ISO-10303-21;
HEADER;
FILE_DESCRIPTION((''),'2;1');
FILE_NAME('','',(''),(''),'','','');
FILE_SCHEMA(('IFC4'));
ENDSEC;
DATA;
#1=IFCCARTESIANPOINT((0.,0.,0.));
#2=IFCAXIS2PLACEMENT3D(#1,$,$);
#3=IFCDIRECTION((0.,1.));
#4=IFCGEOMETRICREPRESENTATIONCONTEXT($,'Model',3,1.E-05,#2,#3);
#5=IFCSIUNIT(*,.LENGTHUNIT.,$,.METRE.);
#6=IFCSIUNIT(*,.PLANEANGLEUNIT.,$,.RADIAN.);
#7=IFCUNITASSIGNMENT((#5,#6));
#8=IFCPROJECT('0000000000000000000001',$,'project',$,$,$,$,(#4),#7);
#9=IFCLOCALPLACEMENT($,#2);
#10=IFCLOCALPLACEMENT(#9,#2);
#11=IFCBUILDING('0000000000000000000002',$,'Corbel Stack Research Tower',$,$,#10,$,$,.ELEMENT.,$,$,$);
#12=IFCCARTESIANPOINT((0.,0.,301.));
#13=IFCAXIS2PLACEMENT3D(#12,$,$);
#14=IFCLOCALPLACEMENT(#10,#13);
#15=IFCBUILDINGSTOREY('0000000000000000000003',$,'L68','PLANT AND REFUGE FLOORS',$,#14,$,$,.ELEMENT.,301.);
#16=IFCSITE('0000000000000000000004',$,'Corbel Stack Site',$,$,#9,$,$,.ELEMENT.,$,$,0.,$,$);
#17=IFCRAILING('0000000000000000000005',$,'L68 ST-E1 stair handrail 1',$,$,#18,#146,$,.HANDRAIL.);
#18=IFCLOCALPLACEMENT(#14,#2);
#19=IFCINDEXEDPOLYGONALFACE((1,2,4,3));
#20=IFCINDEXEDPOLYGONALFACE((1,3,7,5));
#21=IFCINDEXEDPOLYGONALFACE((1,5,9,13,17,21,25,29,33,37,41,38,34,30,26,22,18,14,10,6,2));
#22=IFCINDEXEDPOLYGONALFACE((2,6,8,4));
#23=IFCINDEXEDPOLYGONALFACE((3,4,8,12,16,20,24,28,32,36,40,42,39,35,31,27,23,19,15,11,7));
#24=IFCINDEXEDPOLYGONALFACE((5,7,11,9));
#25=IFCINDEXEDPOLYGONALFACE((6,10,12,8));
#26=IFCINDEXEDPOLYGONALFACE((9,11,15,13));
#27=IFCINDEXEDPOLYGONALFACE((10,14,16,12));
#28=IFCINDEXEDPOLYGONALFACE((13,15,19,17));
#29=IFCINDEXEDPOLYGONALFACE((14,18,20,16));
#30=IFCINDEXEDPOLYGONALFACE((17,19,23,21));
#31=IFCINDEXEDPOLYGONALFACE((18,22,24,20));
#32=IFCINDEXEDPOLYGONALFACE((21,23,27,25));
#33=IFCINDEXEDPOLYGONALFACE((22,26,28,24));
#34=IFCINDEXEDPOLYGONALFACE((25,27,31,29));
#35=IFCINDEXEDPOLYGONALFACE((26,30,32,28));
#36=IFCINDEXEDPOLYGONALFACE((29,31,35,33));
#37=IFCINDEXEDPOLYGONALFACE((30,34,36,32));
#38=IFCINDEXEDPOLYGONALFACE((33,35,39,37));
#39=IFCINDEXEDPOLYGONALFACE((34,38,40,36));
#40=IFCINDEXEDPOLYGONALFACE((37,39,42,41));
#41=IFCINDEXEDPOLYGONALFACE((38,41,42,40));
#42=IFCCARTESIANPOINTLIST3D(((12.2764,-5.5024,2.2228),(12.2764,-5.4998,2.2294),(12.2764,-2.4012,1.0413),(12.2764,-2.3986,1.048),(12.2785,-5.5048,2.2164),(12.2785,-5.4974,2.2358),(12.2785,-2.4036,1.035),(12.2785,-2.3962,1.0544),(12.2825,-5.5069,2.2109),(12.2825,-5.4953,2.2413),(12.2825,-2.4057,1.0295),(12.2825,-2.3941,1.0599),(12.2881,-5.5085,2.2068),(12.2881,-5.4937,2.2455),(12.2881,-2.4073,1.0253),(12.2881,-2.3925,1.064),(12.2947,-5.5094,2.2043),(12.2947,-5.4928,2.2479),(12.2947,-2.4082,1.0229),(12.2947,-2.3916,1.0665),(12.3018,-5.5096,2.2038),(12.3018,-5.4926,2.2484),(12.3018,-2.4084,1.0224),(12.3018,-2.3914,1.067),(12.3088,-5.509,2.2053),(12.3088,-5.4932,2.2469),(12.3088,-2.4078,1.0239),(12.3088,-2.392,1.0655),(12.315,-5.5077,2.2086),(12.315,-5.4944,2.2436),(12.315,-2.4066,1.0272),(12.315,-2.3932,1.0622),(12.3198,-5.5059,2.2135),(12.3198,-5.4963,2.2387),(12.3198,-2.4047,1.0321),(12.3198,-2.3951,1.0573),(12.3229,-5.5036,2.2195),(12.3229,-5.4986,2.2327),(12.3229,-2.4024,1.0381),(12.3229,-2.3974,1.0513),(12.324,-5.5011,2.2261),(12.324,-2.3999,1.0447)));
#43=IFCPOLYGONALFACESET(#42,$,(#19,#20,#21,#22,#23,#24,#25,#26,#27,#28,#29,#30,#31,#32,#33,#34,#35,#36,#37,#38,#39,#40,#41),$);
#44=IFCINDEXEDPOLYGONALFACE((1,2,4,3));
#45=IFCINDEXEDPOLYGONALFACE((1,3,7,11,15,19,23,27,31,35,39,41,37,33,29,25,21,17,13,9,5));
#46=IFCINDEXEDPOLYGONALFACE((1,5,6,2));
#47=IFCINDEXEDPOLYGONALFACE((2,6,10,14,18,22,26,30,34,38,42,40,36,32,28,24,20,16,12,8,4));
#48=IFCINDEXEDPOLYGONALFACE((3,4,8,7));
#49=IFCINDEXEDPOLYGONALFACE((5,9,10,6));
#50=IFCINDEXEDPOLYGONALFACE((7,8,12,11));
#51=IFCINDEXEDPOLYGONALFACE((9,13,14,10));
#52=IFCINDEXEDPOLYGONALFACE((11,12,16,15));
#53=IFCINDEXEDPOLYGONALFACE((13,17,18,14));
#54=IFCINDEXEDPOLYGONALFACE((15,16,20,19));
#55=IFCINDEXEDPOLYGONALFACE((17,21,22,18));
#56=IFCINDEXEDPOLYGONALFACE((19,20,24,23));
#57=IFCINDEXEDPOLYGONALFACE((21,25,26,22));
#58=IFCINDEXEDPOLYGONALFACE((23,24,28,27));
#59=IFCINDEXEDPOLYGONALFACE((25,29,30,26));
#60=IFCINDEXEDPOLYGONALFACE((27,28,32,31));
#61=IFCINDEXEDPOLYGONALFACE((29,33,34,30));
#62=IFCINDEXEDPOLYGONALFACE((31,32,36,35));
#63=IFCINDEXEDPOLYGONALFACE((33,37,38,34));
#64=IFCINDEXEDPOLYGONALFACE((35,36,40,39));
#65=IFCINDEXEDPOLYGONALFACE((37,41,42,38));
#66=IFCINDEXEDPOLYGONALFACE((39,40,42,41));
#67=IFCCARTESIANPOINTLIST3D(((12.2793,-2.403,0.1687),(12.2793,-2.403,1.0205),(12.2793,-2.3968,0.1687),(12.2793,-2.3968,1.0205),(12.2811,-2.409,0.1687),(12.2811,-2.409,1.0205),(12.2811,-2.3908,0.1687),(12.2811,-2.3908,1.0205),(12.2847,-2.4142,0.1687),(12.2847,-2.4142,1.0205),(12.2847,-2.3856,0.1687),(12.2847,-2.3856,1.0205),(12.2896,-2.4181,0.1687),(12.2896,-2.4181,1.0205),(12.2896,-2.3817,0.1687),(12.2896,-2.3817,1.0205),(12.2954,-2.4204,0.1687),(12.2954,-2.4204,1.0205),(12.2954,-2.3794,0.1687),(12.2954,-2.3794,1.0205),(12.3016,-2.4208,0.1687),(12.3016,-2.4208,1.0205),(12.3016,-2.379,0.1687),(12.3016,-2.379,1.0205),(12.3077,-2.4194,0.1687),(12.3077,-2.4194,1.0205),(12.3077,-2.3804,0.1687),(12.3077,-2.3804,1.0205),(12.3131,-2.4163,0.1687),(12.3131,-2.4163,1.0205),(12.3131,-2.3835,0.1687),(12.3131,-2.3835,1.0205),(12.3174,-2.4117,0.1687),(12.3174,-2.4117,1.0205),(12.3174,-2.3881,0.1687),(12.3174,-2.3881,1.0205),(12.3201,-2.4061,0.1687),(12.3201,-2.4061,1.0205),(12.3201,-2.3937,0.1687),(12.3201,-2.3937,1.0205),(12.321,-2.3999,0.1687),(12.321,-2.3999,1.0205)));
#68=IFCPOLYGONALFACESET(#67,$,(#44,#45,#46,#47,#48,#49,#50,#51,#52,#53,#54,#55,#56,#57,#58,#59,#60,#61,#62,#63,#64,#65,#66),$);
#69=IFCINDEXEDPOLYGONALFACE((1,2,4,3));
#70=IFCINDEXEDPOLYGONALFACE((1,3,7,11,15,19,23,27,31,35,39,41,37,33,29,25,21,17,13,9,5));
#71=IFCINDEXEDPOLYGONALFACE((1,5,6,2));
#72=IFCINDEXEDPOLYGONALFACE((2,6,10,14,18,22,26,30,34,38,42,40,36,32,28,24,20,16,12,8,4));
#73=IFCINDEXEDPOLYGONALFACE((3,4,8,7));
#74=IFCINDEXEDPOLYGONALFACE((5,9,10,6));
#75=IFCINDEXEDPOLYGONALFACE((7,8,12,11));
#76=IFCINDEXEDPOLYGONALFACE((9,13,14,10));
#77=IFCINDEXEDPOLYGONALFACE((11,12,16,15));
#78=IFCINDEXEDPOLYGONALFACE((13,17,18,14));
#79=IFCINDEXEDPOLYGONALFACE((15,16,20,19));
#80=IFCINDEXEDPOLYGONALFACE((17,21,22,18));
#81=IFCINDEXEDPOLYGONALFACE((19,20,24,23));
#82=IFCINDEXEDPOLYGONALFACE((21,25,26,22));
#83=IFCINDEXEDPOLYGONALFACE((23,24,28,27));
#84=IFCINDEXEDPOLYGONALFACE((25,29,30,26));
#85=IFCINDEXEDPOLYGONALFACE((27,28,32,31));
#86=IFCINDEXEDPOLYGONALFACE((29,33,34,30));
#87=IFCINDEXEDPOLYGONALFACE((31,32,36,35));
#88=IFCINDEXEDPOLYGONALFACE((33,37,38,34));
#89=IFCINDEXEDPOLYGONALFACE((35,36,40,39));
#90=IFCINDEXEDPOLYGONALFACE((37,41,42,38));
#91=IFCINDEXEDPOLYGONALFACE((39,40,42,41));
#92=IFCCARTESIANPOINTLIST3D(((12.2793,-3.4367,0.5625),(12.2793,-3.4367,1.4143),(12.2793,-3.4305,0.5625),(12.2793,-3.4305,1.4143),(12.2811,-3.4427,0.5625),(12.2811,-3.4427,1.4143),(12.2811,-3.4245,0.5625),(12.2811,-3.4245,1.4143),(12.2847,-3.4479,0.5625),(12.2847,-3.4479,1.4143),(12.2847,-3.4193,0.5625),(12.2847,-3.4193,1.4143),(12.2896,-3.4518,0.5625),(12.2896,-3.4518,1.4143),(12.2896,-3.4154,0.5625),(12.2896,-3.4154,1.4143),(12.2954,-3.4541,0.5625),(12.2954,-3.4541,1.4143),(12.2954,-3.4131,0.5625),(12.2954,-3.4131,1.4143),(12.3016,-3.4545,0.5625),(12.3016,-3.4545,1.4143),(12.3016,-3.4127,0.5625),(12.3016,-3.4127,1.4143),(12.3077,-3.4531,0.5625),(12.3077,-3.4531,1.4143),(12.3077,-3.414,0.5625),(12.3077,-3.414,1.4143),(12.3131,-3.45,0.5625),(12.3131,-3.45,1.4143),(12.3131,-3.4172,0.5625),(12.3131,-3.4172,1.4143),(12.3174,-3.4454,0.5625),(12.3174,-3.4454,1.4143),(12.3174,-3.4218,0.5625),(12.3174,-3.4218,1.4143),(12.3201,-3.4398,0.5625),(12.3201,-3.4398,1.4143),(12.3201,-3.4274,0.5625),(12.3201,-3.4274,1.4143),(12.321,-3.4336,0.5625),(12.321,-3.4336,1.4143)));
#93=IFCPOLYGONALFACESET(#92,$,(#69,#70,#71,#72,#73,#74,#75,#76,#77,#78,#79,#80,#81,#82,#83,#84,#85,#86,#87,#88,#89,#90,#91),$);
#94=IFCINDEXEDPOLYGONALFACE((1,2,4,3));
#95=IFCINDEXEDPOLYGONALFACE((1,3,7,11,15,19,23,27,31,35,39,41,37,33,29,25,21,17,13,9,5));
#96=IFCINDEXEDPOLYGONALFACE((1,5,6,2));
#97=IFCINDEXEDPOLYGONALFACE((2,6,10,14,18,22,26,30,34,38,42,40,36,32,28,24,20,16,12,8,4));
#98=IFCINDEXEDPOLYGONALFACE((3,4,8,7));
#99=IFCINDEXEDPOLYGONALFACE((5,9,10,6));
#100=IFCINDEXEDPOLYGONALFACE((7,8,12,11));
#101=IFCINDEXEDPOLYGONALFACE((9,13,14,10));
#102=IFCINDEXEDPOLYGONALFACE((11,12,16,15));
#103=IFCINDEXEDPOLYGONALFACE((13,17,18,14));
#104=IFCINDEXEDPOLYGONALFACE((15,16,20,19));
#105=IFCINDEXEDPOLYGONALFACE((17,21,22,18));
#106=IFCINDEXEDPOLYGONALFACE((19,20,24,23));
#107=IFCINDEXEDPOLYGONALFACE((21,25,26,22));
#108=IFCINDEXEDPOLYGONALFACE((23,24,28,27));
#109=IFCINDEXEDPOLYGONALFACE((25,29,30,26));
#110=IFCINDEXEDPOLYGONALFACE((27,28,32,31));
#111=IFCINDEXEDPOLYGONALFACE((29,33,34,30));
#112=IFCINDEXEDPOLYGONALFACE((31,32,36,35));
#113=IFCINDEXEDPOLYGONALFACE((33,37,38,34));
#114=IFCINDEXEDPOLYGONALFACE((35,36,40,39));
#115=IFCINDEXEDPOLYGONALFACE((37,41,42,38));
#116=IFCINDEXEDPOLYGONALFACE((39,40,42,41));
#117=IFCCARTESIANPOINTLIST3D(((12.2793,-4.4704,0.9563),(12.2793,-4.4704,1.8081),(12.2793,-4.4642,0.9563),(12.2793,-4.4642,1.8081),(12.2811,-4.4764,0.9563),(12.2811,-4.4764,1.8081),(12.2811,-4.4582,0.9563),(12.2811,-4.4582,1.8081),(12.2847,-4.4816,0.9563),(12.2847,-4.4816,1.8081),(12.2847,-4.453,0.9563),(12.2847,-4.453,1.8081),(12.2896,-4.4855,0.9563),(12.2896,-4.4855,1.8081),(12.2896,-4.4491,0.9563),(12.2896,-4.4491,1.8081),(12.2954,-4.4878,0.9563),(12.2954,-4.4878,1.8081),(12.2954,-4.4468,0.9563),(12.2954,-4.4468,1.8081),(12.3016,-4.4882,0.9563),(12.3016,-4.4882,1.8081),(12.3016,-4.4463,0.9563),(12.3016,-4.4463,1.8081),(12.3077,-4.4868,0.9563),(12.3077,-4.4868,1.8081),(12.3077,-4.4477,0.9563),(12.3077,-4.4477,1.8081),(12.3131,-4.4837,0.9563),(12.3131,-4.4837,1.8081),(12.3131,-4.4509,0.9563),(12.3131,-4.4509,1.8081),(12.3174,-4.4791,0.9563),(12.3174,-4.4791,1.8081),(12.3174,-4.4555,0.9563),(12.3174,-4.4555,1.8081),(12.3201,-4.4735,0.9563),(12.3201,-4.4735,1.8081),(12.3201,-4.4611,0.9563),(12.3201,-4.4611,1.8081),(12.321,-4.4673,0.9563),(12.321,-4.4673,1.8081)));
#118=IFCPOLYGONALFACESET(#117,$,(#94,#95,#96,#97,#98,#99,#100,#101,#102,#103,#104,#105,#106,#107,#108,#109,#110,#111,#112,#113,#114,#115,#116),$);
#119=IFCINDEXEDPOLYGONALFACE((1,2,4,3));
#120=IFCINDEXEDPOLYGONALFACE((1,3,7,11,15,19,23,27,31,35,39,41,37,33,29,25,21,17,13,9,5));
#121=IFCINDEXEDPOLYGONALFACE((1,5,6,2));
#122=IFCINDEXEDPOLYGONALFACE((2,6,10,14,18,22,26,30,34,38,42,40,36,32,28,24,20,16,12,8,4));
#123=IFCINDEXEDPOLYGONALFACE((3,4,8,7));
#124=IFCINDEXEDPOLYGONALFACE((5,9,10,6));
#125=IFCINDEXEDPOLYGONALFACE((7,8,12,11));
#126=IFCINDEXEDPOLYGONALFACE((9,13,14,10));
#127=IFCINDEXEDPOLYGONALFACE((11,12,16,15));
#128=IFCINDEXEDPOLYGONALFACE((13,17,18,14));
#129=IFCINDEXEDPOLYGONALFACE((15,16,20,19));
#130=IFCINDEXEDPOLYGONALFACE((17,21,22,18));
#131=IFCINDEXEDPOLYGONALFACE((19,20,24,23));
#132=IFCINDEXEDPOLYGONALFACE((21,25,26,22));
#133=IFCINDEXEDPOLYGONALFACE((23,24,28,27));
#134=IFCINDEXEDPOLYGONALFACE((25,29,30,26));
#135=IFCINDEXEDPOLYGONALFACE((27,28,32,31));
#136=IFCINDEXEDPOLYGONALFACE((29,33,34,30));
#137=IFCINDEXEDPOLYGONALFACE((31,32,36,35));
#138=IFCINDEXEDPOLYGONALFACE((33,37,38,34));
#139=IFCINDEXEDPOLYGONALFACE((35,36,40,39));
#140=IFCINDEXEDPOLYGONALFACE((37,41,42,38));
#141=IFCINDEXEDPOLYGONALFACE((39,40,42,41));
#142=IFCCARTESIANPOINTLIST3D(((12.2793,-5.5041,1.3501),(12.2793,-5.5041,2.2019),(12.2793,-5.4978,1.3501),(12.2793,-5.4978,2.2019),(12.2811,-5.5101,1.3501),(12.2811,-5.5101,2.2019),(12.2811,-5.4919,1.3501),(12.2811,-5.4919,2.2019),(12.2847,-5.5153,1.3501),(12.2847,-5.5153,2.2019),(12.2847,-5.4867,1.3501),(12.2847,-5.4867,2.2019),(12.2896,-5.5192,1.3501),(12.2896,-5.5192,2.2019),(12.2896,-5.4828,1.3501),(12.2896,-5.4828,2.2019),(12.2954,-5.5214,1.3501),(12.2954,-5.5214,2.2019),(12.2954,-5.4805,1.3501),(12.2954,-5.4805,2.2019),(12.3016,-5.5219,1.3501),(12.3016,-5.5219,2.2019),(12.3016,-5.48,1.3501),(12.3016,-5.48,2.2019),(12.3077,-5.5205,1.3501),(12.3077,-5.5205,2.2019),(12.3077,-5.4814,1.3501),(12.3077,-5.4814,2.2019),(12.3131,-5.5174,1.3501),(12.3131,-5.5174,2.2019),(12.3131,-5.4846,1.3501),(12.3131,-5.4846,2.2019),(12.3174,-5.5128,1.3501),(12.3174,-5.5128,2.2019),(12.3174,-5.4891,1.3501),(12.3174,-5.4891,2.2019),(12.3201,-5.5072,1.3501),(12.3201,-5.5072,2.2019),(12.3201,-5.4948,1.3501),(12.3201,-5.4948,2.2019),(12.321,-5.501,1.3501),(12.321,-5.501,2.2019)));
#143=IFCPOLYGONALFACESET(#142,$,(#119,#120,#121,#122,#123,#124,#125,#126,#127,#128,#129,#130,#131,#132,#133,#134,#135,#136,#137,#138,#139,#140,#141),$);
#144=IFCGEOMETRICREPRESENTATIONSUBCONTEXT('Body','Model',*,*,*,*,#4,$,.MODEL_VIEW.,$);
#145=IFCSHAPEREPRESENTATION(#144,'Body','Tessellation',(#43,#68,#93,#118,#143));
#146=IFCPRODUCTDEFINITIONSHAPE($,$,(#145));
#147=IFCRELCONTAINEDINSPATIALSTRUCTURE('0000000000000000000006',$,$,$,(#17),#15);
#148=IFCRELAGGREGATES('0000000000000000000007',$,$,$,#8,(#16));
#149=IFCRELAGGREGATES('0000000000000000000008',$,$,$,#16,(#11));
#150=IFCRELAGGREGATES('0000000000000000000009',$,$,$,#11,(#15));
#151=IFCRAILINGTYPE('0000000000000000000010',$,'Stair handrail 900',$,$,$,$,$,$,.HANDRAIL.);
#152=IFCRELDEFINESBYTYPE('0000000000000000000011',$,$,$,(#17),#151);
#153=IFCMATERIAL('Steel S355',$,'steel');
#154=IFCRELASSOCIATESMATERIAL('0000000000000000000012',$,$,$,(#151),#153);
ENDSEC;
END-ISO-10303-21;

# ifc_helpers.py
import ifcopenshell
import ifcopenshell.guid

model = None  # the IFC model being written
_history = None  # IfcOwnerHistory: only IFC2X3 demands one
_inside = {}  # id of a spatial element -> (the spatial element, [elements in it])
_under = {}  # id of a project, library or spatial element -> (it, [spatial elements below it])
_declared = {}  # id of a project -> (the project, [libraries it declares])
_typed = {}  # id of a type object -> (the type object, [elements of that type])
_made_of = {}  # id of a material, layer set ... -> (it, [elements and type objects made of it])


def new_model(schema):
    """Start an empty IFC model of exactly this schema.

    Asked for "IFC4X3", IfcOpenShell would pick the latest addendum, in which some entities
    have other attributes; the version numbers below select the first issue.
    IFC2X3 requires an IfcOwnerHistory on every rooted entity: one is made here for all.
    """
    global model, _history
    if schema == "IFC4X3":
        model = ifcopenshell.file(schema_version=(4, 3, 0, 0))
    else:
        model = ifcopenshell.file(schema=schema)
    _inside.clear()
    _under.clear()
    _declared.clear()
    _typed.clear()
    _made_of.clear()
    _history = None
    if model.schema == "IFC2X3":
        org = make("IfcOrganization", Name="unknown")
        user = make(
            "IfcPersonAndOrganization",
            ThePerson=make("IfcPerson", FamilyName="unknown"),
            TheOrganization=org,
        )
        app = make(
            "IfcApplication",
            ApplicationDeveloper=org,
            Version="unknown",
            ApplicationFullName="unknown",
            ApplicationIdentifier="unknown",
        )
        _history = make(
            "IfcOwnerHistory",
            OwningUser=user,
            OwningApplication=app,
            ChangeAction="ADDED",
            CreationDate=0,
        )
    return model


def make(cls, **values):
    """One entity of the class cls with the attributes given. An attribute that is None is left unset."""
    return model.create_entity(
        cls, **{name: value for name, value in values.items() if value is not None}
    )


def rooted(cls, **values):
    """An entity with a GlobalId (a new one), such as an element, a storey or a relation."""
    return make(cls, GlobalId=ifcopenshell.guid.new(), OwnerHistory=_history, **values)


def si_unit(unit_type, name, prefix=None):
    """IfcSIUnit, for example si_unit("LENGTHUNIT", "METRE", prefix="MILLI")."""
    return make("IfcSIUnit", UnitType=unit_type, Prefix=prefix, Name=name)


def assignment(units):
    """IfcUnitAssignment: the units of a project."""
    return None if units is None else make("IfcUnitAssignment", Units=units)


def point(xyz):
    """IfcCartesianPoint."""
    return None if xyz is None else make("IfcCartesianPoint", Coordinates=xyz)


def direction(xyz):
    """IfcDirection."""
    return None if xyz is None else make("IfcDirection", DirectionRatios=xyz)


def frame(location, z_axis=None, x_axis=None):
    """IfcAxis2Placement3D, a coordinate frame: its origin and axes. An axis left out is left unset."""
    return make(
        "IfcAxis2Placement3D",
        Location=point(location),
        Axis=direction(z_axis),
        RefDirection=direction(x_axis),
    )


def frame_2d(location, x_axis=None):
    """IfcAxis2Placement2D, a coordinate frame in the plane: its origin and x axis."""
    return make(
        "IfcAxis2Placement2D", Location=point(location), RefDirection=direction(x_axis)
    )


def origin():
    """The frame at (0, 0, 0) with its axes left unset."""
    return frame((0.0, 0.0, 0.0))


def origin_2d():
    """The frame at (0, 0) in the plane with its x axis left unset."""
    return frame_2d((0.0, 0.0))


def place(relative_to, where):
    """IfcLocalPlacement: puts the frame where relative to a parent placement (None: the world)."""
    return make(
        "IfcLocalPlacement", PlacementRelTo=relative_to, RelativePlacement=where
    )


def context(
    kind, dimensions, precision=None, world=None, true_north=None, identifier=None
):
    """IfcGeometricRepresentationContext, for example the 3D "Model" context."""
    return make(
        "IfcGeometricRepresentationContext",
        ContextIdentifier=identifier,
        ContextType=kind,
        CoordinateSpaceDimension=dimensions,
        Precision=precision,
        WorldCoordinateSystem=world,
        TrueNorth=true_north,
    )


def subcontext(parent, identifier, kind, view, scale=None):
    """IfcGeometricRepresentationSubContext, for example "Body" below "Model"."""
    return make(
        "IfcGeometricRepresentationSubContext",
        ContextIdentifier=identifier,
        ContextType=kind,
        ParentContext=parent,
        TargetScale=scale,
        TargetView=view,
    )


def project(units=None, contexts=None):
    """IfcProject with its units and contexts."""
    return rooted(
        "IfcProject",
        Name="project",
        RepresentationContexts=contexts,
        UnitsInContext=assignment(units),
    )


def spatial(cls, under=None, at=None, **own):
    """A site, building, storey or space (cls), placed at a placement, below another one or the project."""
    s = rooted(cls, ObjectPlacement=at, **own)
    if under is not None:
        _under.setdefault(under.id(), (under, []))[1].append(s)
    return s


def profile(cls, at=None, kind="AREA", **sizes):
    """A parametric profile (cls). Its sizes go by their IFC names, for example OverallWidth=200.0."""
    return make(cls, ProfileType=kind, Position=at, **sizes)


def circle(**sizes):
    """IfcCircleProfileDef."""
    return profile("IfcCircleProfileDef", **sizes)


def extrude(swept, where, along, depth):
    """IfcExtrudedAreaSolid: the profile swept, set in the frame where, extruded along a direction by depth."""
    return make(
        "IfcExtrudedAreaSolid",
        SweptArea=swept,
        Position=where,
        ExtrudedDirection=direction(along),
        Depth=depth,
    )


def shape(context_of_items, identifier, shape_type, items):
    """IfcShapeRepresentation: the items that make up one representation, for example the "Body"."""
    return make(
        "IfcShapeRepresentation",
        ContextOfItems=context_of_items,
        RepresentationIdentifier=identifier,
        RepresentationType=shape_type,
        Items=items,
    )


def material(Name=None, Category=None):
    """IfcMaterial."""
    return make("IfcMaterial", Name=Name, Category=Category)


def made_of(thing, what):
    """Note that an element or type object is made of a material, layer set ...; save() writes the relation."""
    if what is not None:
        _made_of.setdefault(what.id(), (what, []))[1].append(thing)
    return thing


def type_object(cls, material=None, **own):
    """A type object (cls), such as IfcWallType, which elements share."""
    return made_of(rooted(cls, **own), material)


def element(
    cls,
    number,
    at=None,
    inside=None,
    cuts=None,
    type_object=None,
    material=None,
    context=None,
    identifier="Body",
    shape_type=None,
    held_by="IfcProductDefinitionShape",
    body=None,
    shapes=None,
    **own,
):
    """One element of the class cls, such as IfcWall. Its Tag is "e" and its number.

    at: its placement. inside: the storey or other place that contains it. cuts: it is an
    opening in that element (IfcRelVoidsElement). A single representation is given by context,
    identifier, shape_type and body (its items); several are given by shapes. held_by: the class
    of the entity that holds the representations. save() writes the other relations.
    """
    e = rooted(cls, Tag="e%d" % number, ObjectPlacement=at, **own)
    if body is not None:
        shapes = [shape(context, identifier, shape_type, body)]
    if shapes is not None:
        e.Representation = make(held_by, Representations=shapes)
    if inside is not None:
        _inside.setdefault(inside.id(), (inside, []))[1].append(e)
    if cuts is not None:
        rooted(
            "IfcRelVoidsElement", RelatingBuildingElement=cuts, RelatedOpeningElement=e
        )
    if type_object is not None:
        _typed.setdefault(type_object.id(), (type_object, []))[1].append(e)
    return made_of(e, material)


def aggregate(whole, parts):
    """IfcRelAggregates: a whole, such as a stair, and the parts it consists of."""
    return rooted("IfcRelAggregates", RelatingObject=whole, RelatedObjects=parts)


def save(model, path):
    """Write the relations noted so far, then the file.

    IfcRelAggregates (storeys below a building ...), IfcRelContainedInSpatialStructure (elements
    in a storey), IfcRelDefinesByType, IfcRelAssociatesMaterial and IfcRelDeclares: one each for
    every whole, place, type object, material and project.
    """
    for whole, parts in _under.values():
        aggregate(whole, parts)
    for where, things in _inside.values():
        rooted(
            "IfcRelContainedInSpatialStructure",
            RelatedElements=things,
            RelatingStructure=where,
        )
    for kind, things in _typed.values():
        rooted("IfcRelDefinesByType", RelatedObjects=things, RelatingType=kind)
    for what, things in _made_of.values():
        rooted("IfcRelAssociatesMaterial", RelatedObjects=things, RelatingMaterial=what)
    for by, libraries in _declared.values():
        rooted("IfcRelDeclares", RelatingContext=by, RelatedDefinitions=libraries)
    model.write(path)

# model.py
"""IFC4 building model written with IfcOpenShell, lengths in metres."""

from ifc_helpers import new_model, si_unit, direction, frame, origin, origin_2d, place, context, subcontext, project, spatial, circle, extrude, material, type_object, element, save


model = new_model("IFC4")

# Units and contexts
model_context = context("Model", 3, precision=1e-05, world=origin(), true_north=direction((0.0, 1.0)))
body_context = subcontext(model_context, "Body", "Model", "MODEL_VIEW")
ifc_project = project(units=[si_unit("LENGTHUNIT", "METRE"), si_unit("PLANEANGLEUNIT", "RADIAN")], contexts=[model_context])

# Site, building, storey
site_placement = place(None, origin())
site = spatial("IfcSite", under=ifc_project, at=site_placement, Name="Corbel Stack Site", CompositionType="ELEMENT", RefElevation=0.0)
building_placement = place(site_placement, origin())
building = spatial("IfcBuilding", under=site, at=building_placement, Name="Corbel Stack Research Tower", CompositionType="ELEMENT")
storey_placement = place(building_placement, frame((0.0, 0.0, 301.0)))
storey = spatial("IfcBuildingStorey", under=building, at=storey_placement, Name="L68", Description="PLANT AND REFUGE FLOORS", CompositionType="ELEMENT", Elevation=301.0)

# Railing
ifc_material_1 = material(Name="Steel S355", Category="steel")
railing_type_1 = type_object("IfcRailingType", Name="Stair handrail 900", PredefinedType="HANDRAIL", material=ifc_material_1)
railing_1_placement = place(storey_placement, frame((12.3, -2.3999, 0.1687)))
element("IfcRailing", 1, at=railing_1_placement, inside=storey, type_object=railing_type_1, Name="L68 ST-E1 stair handrail 1", PredefinedType="HANDRAIL", context=body_context, shape_type="SweptSolid", body=[
    extrude(circle(Radius=0.0239, at=origin_2d()), frame((0.0, 0.0, 0.876), z_axis=(0.0, -0.934484, 0.356005), x_axis=(1.0, 0.0, 0.0)), (0.0, 0.0, 1.0), 3.3186),
    extrude(circle(Radius=0.021, at=origin_2d()), origin(), (0.0, 0.0, 1.0), 0.8518),
    extrude(circle(Radius=0.021, at=origin_2d()), frame((0.0, -1.0337, 0.3938)), (0.0, 0.0, 1.0), 0.8518),
    extrude(circle(Radius=0.021, at=origin_2d()), frame((0.0, -2.0674, 0.7876)), (0.0, 0.0, 1.0), 0.8518),
    extrude(circle(Radius=0.021, at=origin_2d()), frame((0.0, -3.1011, 1.1814)), (0.0, 0.0, 1.0), 0.8518),
])

save(model, "model.ifc")
